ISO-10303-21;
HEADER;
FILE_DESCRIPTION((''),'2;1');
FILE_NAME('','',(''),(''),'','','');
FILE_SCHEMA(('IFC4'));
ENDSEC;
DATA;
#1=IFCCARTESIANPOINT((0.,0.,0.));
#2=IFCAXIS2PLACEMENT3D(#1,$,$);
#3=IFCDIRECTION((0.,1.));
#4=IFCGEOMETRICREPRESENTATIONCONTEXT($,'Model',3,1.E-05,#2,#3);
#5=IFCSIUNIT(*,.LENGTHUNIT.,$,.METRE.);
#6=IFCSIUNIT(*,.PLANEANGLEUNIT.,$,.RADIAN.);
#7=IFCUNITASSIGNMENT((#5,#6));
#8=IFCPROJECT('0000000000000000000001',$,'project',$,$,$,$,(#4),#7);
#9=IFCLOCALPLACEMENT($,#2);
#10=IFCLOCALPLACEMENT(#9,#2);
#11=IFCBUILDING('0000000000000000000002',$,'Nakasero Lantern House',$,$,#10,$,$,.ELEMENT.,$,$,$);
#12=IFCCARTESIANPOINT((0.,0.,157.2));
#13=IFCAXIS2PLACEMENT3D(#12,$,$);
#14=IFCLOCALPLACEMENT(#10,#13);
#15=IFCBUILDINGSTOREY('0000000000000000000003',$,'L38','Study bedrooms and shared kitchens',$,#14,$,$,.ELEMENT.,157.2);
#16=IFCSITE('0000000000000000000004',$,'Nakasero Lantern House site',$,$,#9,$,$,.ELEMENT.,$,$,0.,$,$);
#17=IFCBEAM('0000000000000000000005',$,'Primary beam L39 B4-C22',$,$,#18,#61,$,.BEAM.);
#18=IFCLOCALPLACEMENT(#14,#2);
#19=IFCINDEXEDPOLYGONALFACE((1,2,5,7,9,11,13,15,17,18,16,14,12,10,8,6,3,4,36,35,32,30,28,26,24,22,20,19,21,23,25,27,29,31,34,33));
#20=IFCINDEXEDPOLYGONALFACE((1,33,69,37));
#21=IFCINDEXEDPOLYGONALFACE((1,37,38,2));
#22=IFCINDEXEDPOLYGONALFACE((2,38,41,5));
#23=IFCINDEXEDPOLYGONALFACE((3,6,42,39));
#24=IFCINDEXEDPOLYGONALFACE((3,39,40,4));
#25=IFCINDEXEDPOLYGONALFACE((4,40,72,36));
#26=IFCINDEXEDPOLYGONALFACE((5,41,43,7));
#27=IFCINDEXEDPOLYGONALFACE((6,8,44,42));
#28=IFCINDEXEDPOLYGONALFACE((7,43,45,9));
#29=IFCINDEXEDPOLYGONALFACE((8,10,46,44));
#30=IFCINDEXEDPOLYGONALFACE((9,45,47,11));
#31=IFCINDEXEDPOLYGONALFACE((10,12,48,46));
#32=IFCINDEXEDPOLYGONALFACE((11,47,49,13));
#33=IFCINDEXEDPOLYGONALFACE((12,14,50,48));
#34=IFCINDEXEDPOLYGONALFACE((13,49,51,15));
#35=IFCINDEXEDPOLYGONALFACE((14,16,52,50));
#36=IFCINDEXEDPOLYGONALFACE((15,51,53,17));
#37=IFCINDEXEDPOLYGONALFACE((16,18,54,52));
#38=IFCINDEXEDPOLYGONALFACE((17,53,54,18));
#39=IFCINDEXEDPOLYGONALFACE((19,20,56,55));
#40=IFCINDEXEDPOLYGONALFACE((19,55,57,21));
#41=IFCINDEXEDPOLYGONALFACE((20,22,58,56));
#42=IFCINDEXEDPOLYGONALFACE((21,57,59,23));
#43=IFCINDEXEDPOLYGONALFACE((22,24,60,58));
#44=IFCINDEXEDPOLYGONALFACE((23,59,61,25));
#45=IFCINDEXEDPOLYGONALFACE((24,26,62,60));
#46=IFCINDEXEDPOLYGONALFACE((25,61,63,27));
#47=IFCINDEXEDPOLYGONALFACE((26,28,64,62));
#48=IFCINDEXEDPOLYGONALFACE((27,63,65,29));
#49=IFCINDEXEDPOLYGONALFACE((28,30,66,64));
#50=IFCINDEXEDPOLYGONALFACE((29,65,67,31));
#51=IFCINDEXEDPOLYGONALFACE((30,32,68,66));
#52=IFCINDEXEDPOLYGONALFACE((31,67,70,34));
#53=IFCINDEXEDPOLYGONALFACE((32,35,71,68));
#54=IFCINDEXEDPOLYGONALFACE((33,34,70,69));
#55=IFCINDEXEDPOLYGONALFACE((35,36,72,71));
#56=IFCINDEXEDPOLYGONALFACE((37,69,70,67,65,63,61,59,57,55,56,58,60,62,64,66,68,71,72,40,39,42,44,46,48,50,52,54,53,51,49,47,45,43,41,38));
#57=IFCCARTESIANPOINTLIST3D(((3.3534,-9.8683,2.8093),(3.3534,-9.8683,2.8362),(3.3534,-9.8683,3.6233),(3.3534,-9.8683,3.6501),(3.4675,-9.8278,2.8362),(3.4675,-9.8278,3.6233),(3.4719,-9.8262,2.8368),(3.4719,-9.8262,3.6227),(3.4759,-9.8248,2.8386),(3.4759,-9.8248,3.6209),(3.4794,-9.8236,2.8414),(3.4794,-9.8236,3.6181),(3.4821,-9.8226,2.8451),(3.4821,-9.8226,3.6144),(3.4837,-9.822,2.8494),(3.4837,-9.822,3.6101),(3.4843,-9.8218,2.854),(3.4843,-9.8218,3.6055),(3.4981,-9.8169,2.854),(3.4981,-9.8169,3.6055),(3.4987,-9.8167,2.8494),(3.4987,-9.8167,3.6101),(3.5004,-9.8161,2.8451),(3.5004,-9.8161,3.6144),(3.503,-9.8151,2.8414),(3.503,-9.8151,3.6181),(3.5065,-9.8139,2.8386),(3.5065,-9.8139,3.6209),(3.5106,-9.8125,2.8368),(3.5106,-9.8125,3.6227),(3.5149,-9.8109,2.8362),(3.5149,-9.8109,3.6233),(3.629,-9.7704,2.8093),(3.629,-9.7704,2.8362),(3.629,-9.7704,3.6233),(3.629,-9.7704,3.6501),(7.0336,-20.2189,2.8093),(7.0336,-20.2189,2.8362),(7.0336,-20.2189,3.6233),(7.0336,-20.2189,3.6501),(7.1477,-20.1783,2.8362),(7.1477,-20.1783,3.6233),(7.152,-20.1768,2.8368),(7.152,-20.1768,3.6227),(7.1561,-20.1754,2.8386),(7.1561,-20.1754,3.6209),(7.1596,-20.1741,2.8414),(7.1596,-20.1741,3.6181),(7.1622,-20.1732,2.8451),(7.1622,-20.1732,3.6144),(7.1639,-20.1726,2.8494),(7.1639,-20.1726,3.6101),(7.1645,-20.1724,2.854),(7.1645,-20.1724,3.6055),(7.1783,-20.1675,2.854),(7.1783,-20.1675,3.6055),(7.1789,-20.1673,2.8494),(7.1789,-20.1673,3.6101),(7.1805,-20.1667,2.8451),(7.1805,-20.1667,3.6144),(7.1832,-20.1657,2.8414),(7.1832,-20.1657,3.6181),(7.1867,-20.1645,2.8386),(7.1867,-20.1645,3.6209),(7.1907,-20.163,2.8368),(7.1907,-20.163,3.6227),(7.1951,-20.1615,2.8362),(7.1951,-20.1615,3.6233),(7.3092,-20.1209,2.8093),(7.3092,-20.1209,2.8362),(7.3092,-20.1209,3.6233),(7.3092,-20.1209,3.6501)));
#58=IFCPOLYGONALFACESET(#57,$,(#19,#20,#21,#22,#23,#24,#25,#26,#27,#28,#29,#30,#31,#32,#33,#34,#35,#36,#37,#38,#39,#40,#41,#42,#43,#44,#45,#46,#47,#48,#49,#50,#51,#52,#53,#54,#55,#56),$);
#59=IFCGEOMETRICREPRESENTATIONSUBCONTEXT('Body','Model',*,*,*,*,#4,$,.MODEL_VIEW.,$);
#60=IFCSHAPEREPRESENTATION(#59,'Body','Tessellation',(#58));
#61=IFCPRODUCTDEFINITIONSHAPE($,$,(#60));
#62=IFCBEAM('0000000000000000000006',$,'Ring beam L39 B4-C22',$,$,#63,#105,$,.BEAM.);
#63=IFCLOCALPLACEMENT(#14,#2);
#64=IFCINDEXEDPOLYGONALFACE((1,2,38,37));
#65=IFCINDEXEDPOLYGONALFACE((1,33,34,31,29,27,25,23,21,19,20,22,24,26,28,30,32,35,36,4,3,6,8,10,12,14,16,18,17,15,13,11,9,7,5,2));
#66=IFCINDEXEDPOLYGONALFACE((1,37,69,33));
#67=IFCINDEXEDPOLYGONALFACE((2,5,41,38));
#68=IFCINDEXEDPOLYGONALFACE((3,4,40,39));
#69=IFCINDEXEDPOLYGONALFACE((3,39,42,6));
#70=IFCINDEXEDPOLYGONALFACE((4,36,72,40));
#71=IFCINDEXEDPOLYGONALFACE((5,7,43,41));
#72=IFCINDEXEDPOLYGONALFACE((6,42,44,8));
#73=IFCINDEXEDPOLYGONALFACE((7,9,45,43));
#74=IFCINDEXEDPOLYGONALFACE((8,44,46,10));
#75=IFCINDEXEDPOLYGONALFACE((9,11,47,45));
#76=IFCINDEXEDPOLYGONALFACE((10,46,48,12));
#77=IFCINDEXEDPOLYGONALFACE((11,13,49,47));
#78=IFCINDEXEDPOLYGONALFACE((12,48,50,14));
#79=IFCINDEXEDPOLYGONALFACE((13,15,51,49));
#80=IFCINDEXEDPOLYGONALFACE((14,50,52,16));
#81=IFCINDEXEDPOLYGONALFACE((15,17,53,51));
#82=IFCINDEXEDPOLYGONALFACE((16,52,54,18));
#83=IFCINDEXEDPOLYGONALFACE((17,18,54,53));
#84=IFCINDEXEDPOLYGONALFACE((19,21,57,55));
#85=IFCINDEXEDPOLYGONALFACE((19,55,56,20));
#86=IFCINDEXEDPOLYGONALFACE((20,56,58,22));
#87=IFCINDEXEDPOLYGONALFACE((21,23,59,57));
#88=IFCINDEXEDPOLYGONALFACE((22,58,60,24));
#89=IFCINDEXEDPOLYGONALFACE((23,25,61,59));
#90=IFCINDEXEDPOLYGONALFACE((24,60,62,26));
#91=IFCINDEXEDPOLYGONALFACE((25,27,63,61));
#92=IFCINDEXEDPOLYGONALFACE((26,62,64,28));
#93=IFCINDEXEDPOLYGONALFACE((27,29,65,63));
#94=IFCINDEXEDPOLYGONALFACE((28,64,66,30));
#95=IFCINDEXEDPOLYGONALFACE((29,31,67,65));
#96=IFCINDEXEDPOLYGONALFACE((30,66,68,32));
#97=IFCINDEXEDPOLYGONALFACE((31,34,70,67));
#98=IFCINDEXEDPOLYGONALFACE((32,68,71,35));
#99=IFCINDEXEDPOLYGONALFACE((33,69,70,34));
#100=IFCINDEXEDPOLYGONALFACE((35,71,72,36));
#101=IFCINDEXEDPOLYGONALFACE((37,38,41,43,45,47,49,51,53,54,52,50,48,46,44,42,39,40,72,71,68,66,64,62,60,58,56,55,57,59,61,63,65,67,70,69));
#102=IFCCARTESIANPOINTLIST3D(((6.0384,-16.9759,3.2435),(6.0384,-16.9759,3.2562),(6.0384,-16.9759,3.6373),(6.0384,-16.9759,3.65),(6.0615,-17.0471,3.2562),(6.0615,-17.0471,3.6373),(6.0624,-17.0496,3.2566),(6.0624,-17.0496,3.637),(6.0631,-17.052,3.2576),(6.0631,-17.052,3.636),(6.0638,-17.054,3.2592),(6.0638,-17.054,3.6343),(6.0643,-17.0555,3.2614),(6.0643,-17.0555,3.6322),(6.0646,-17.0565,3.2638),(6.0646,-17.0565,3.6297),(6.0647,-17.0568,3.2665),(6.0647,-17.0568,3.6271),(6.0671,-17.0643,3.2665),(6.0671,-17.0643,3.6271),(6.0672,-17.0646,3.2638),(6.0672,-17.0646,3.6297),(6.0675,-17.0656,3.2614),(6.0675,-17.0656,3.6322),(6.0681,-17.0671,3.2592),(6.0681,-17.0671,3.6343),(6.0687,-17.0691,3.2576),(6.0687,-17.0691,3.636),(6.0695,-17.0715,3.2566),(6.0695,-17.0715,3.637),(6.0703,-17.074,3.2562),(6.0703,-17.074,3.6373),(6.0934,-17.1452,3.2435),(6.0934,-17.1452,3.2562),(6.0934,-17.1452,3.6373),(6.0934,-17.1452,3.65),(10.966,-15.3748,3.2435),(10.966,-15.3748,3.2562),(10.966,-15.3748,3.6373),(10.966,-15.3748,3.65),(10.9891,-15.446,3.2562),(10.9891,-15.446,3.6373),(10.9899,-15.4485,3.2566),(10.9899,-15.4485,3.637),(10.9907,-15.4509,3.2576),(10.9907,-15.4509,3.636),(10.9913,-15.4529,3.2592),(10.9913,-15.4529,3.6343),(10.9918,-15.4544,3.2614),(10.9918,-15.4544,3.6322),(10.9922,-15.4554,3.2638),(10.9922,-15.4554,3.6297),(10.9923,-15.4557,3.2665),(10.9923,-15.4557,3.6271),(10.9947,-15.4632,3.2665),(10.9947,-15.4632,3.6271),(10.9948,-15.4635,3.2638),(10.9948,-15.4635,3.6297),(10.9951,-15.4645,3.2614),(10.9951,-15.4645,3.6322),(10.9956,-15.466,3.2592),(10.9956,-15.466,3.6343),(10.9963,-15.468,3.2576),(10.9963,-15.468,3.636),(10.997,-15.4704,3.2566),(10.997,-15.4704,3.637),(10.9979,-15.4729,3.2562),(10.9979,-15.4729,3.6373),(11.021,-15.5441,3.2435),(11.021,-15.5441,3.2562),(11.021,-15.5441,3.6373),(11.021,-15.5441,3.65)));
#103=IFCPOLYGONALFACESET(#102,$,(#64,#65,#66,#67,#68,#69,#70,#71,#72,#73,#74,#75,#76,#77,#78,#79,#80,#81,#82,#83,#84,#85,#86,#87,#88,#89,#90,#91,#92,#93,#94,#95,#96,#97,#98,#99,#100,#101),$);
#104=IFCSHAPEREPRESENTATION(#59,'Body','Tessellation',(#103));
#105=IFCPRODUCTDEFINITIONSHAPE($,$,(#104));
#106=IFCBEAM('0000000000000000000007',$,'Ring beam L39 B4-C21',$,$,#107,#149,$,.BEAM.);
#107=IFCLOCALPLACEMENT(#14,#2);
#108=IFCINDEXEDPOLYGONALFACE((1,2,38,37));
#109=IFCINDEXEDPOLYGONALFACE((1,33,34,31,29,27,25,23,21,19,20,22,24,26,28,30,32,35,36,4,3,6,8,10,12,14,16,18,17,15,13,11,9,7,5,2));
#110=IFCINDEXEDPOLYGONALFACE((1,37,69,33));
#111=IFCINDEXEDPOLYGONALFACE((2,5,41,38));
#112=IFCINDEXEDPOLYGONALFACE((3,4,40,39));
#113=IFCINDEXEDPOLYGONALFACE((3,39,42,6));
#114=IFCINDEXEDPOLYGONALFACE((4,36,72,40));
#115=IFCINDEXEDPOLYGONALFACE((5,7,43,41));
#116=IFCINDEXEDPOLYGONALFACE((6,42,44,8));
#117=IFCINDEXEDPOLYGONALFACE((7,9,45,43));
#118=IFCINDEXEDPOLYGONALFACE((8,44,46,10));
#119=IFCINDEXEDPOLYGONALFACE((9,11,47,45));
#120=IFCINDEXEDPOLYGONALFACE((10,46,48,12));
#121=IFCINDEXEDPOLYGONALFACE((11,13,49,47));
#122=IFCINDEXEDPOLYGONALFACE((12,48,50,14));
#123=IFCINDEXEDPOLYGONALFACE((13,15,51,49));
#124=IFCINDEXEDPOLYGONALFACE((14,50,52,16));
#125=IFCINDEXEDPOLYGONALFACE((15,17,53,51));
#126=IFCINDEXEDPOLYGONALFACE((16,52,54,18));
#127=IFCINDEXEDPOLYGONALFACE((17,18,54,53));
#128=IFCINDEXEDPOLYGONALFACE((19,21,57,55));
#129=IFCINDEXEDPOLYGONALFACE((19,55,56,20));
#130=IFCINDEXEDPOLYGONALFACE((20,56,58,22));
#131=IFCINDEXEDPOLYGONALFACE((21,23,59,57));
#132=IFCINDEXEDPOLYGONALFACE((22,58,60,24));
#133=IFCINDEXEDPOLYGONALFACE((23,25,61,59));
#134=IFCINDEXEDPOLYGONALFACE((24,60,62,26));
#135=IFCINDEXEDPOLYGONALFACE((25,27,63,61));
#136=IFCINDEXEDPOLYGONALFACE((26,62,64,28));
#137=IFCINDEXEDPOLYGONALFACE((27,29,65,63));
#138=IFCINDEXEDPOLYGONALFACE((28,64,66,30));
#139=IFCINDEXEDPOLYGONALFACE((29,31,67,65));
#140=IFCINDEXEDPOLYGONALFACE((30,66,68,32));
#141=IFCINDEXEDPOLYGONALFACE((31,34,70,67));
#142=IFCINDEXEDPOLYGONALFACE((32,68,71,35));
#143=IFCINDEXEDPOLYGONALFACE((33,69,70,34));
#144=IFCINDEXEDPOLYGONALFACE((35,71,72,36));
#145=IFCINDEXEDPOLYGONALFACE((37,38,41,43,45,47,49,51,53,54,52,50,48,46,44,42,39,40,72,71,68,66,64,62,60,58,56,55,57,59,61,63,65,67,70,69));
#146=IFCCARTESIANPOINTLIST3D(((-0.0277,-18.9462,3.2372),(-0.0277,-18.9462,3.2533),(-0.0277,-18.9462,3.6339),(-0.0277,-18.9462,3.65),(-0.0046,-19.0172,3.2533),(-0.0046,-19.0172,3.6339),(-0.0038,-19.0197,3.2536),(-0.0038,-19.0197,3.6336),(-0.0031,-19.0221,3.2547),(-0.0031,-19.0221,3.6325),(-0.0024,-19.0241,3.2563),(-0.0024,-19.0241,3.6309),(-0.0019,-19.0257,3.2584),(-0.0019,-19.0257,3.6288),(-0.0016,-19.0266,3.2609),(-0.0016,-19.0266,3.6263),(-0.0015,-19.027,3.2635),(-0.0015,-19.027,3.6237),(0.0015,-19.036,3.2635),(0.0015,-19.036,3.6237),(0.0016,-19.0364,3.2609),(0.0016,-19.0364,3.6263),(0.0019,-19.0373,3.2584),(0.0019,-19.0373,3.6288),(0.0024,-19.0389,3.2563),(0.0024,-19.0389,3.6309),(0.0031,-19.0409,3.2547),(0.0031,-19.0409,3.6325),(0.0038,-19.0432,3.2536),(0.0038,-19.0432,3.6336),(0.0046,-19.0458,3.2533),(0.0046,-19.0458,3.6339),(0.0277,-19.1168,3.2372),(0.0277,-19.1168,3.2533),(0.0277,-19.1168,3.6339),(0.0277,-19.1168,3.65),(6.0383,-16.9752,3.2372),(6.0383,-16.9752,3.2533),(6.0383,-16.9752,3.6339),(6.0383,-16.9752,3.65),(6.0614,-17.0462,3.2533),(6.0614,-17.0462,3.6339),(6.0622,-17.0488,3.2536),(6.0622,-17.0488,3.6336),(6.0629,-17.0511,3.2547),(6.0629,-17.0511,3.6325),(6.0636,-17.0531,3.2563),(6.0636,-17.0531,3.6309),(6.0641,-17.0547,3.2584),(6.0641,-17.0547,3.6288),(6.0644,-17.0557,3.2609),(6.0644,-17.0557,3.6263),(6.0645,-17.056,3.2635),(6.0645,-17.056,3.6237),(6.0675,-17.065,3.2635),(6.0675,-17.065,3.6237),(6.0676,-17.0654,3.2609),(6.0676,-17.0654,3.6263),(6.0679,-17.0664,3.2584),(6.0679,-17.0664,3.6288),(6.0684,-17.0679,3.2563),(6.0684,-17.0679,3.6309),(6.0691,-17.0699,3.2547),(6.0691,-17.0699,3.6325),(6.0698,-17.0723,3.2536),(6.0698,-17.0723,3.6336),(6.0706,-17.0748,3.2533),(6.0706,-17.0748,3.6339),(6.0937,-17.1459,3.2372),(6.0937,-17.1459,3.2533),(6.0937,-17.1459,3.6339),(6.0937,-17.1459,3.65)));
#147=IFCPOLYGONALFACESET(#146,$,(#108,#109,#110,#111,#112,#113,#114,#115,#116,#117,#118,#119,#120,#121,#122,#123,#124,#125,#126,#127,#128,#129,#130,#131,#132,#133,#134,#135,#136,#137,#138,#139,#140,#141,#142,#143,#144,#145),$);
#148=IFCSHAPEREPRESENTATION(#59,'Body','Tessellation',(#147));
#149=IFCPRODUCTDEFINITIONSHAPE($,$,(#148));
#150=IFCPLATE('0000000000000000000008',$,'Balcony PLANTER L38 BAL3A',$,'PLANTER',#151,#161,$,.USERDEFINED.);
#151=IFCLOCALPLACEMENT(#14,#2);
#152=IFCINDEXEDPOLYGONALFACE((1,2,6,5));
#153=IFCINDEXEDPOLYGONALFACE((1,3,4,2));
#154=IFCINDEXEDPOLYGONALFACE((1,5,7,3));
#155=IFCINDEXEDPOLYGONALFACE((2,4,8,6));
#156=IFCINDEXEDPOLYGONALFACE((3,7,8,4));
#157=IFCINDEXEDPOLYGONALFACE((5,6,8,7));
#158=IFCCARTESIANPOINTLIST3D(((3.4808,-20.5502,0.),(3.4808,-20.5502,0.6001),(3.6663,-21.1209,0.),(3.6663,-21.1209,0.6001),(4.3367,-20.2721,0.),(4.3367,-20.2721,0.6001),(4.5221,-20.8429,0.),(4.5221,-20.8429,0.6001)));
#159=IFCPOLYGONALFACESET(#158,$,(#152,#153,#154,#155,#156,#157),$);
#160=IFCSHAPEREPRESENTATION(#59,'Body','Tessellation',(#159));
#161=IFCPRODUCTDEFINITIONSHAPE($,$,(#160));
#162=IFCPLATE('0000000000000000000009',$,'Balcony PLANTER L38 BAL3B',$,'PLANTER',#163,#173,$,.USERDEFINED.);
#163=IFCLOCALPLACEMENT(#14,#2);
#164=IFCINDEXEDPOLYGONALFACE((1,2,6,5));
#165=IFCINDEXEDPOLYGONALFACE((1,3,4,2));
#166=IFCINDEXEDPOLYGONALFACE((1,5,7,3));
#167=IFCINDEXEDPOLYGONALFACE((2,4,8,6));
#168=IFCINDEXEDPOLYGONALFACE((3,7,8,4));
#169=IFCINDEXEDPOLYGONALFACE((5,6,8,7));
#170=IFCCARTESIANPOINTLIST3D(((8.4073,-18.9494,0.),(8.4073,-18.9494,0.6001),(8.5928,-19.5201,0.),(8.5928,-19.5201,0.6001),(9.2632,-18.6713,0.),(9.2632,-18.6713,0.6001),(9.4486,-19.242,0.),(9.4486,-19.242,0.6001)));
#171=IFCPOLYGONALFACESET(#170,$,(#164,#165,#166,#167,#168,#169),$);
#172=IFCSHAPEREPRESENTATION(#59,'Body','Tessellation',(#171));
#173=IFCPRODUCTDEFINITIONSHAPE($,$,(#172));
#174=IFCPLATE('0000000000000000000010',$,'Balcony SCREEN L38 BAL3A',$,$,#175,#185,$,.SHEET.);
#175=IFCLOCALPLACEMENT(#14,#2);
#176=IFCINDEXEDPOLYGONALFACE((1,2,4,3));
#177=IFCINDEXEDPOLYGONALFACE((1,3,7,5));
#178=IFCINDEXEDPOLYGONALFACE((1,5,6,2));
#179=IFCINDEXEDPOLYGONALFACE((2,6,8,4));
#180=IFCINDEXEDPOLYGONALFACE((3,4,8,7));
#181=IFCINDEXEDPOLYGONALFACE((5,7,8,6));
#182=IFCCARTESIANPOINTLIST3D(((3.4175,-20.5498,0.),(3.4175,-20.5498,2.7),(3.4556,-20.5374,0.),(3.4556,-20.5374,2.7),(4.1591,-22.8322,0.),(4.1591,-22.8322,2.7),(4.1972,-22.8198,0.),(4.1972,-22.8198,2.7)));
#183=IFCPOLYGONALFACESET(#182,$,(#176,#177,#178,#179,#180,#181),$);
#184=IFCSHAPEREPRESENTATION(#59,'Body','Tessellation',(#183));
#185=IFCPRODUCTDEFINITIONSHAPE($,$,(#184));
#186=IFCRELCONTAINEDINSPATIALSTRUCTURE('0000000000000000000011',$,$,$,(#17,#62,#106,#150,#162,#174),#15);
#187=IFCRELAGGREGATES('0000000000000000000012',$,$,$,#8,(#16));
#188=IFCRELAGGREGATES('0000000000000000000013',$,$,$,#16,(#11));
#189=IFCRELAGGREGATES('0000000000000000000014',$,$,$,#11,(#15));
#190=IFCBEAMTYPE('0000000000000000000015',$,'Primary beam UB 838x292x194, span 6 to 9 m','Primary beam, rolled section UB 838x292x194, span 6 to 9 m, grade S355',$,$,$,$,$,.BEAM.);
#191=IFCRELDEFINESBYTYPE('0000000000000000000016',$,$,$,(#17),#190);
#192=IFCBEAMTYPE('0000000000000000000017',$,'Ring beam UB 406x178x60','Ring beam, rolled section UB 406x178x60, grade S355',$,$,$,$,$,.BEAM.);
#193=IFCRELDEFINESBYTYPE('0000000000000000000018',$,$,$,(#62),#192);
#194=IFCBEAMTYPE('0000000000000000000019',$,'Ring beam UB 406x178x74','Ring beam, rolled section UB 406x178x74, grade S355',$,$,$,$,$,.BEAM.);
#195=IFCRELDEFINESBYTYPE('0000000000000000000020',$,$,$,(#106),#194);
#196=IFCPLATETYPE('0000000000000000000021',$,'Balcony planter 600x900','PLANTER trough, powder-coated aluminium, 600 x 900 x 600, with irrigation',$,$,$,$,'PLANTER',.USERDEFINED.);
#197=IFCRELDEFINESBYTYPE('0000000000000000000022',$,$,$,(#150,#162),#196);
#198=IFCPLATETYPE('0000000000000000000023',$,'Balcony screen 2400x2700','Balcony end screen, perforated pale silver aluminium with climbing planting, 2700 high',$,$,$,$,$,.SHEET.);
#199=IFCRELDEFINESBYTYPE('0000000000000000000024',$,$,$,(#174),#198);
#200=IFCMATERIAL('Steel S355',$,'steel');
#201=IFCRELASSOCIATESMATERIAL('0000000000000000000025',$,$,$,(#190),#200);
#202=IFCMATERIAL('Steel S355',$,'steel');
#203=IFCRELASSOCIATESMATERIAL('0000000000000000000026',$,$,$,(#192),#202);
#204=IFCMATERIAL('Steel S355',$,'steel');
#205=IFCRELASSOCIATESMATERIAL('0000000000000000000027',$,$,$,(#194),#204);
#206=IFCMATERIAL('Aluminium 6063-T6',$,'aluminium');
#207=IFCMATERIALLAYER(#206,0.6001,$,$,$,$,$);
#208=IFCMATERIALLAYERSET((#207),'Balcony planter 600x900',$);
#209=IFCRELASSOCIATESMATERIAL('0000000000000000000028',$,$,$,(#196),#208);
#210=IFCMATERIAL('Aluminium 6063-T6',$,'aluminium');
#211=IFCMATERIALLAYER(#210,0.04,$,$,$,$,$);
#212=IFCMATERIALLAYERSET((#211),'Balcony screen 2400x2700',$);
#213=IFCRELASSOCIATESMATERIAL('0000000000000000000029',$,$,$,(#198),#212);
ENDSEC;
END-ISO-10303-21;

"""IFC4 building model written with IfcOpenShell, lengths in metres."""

from ifc_helpers import new_model, si_unit, direction, frame, origin, origin_2d, place, context, subcontext, project, spatial, rectangle, i_section, extrude, material, layer, layer_set, material_profile, profile_set, type_object, element, save


model = new_model("IFC4")

# Units and contexts
model_context = context("Model", 3, precision=1e-05, world=origin(), true_north=direction((0.0, 1.0)))
body_context = subcontext(model_context, "Body", "Model", "MODEL_VIEW")
ifc_project = project(units=[si_unit("LENGTHUNIT", "METRE"), si_unit("PLANEANGLEUNIT", "RADIAN")], contexts=[model_context])

# Site, building, storey
site_placement = place(None, origin())
site = spatial("IfcSite", under=ifc_project, at=site_placement, Name="Nakasero Lantern House site", CompositionType="ELEMENT", RefElevation=0.0)
building_placement = place(site_placement, origin())
building = spatial("IfcBuilding", under=site, at=building_placement, Name="Nakasero Lantern House", CompositionType="ELEMENT")
storey_placement = place(building_placement, frame((0.0, 0.0, 157.2)))
storey = spatial("IfcBuildingStorey", under=building, at=storey_placement, Name="L38", Description="Study bedrooms and shared kitchens", CompositionType="ELEMENT", Elevation=157.2)

# Beams
ifc_material_1 = material(Name="Steel S355", Category="steel")
ifc_material_profile_1 = material_profile(ifc_material_1, i_section(OverallWidth=0.2925, OverallDepth=0.8408, WebThickness=0.0146, FlangeThickness=0.0269, FilletRadius=0.0178, at=origin_2d()), Name="UB 838x292x194")
ifc_profile_set_1 = profile_set([ifc_material_profile_1], Name="Steel S355")
beam_type_1 = type_object("IfcBeamType", Name="Primary beam UB 838x292x194, span 6 to 9 m", Description="Primary beam, rolled section UB 838x292x194, span 6 to 9 m, grade S355", PredefinedType="BEAM", material=ifc_profile_set_1)
beam_1_placement = place(storey_placement, frame((7.1714, -20.1699, 3.2297), z_axis=(-0.335007, 0.942216, 0.0), x_axis=(-0.942216, -0.335007, 0.0)))
element("IfcBeam", 1, at=beam_1_placement, inside=storey, type_object=beam_type_1, Name="Primary beam L39 B4-C22", PredefinedType="BEAM", context=body_context, shape_type="SweptSolid", body=[
    extrude(i_section(OverallWidth=0.2925, OverallDepth=0.8408, WebThickness=0.0146, FlangeThickness=0.0269, FilletRadius=0.0178, at=origin_2d()), origin(), (0.0, 0.0, 1.0), 10.9854),
])
ifc_material_2 = material(Name="Steel S355", Category="steel")
ifc_material_profile_2 = material_profile(ifc_material_2, i_section(OverallWidth=0.178, OverallDepth=0.4065, WebThickness=0.0078, FlangeThickness=0.0127, FilletRadius=0.0103, at=origin_2d()), Name="UB 406x178x60")
ifc_profile_set_2 = profile_set([ifc_material_profile_2], Name="Steel S355")
beam_type_2 = type_object("IfcBeamType", Name="Ring beam UB 406x178x60", Description="Ring beam, rolled section UB 406x178x60, grade S355", PredefinedType="BEAM", material=ifc_profile_set_2)
beam_2_placement = place(storey_placement, frame((6.0659, -17.0605, 3.4468), z_axis=(0.951054, 0.309023, 0.0), x_axis=(-0.309023, 0.951054, 0.0)))
element("IfcBeam", 2, at=beam_2_placement, inside=storey, type_object=beam_type_2, Name="Ring beam L39 B4-C22", PredefinedType="BEAM", context=body_context, shape_type="SweptSolid", body=[
    extrude(i_section(OverallWidth=0.178, OverallDepth=0.4065, WebThickness=0.0078, FlangeThickness=0.0127, FilletRadius=0.0103, at=origin_2d()), origin(), (0.0, 0.0, 1.0), 5.1812),
])
ifc_material_3 = material(Name="Steel S355", Category="steel")
ifc_material_profile_3 = material_profile(ifc_material_3, i_section(OverallWidth=0.1794, OverallDepth=0.4128, WebThickness=0.0095, FlangeThickness=0.0161, FilletRadius=0.0103, at=origin_2d()), Name="UB 406x178x74")
ifc_profile_set_3 = profile_set([ifc_material_profile_3], Name="Steel S355")
beam_type_3 = type_object("IfcBeamType", Name="Ring beam UB 406x178x74", Description="Ring beam, rolled section UB 406x178x74, grade S355", PredefinedType="BEAM", material=ifc_profile_set_3)
beam_3_placement = place(storey_placement, frame((0.0, -19.0315, 3.4436), z_axis=(0.951056, 0.309019, 0.0), x_axis=(-0.309019, 0.951056, 0.0)))
element("IfcBeam", 3, at=beam_3_placement, inside=storey, type_object=beam_type_3, Name="Ring beam L39 B4-C21", PredefinedType="BEAM", context=body_context, shape_type="SweptSolid", body=[
    extrude(i_section(OverallWidth=0.1794, OverallDepth=0.4128, WebThickness=0.0095, FlangeThickness=0.0161, FilletRadius=0.0103, at=origin_2d()), origin(), (0.0, 0.0, 1.0), 6.3782),
])

# Plates
ifc_material_4 = material(Name="Aluminium 6063-T6", Category="aluminium")
ifc_layer_1 = layer(ifc_material_4, 0.6001)
ifc_layer_set_1 = layer_set([ifc_layer_1], Name="Balcony planter 600x900")
plate_type_1 = type_object("IfcPlateType", Name="Balcony planter 600x900", Description="PLANTER trough, powder-coated aluminium, 600 x 900 x 600, with irrigation", ElementType="PLANTER", PredefinedType="USERDEFINED", material=ifc_layer_set_1)
for number, where, z_axis, x_axis, name in (
    (4, (4.0015, -20.6965, 0.0), (0.0, 0.0, 1.0), (0.309017, -0.951057, 0.0), "Balcony PLANTER L38 BAL3A"),
    (5, (8.928, -19.0957, 0.0), (0.0, 0.0, 1.0), (0.309017, -0.951057, 0.0), "Balcony PLANTER L38 BAL3B"),
):
    element("IfcPlate", number, at=place(storey_placement, frame(where, z_axis=z_axis, x_axis=x_axis)), inside=storey, type_object=plate_type_1, Name=name, ObjectType="PLANTER", PredefinedType="USERDEFINED", context=body_context, shape_type="SweptSolid", body=[
        extrude(rectangle(XDim=0.6001, YDim=0.8999, at=origin_2d()), origin(), (0.0, 0.0, 1.0), 0.6001),
    ])
ifc_material_5 = material(Name="Aluminium 6063-T6", Category="aluminium")
ifc_layer_2 = layer(ifc_material_5, 0.04)
ifc_layer_set_2 = layer_set([ifc_layer_2], Name="Balcony screen 2400x2700")
plate_type_2 = type_object("IfcPlateType", Name="Balcony screen 2400x2700", Description="Balcony end screen, perforated pale silver aluminium with climbing planting, 2700 high", PredefinedType="SHEET", material=ifc_layer_set_2)
for number, where, z_axis, x_axis, name in (
    (6, (3.8074, -21.6848, 0.0), (0.0, 0.0, 1.0), (0.309017, -0.951057, 0.0), "Balcony SCREEN L38 BAL3A"),
):
    element("IfcPlate", number, at=place(storey_placement, frame(where, z_axis=z_axis, x_axis=x_axis)), inside=storey, type_object=plate_type_2, Name=name, PredefinedType="SHEET", context=body_context, shape_type="SweptSolid", body=[
        extrude(rectangle(XDim=2.3999, YDim=0.04, at=origin_2d()), origin(), (0.0, 0.0, 1.0), 2.7),
    ])

save(model, "model.ifc")
